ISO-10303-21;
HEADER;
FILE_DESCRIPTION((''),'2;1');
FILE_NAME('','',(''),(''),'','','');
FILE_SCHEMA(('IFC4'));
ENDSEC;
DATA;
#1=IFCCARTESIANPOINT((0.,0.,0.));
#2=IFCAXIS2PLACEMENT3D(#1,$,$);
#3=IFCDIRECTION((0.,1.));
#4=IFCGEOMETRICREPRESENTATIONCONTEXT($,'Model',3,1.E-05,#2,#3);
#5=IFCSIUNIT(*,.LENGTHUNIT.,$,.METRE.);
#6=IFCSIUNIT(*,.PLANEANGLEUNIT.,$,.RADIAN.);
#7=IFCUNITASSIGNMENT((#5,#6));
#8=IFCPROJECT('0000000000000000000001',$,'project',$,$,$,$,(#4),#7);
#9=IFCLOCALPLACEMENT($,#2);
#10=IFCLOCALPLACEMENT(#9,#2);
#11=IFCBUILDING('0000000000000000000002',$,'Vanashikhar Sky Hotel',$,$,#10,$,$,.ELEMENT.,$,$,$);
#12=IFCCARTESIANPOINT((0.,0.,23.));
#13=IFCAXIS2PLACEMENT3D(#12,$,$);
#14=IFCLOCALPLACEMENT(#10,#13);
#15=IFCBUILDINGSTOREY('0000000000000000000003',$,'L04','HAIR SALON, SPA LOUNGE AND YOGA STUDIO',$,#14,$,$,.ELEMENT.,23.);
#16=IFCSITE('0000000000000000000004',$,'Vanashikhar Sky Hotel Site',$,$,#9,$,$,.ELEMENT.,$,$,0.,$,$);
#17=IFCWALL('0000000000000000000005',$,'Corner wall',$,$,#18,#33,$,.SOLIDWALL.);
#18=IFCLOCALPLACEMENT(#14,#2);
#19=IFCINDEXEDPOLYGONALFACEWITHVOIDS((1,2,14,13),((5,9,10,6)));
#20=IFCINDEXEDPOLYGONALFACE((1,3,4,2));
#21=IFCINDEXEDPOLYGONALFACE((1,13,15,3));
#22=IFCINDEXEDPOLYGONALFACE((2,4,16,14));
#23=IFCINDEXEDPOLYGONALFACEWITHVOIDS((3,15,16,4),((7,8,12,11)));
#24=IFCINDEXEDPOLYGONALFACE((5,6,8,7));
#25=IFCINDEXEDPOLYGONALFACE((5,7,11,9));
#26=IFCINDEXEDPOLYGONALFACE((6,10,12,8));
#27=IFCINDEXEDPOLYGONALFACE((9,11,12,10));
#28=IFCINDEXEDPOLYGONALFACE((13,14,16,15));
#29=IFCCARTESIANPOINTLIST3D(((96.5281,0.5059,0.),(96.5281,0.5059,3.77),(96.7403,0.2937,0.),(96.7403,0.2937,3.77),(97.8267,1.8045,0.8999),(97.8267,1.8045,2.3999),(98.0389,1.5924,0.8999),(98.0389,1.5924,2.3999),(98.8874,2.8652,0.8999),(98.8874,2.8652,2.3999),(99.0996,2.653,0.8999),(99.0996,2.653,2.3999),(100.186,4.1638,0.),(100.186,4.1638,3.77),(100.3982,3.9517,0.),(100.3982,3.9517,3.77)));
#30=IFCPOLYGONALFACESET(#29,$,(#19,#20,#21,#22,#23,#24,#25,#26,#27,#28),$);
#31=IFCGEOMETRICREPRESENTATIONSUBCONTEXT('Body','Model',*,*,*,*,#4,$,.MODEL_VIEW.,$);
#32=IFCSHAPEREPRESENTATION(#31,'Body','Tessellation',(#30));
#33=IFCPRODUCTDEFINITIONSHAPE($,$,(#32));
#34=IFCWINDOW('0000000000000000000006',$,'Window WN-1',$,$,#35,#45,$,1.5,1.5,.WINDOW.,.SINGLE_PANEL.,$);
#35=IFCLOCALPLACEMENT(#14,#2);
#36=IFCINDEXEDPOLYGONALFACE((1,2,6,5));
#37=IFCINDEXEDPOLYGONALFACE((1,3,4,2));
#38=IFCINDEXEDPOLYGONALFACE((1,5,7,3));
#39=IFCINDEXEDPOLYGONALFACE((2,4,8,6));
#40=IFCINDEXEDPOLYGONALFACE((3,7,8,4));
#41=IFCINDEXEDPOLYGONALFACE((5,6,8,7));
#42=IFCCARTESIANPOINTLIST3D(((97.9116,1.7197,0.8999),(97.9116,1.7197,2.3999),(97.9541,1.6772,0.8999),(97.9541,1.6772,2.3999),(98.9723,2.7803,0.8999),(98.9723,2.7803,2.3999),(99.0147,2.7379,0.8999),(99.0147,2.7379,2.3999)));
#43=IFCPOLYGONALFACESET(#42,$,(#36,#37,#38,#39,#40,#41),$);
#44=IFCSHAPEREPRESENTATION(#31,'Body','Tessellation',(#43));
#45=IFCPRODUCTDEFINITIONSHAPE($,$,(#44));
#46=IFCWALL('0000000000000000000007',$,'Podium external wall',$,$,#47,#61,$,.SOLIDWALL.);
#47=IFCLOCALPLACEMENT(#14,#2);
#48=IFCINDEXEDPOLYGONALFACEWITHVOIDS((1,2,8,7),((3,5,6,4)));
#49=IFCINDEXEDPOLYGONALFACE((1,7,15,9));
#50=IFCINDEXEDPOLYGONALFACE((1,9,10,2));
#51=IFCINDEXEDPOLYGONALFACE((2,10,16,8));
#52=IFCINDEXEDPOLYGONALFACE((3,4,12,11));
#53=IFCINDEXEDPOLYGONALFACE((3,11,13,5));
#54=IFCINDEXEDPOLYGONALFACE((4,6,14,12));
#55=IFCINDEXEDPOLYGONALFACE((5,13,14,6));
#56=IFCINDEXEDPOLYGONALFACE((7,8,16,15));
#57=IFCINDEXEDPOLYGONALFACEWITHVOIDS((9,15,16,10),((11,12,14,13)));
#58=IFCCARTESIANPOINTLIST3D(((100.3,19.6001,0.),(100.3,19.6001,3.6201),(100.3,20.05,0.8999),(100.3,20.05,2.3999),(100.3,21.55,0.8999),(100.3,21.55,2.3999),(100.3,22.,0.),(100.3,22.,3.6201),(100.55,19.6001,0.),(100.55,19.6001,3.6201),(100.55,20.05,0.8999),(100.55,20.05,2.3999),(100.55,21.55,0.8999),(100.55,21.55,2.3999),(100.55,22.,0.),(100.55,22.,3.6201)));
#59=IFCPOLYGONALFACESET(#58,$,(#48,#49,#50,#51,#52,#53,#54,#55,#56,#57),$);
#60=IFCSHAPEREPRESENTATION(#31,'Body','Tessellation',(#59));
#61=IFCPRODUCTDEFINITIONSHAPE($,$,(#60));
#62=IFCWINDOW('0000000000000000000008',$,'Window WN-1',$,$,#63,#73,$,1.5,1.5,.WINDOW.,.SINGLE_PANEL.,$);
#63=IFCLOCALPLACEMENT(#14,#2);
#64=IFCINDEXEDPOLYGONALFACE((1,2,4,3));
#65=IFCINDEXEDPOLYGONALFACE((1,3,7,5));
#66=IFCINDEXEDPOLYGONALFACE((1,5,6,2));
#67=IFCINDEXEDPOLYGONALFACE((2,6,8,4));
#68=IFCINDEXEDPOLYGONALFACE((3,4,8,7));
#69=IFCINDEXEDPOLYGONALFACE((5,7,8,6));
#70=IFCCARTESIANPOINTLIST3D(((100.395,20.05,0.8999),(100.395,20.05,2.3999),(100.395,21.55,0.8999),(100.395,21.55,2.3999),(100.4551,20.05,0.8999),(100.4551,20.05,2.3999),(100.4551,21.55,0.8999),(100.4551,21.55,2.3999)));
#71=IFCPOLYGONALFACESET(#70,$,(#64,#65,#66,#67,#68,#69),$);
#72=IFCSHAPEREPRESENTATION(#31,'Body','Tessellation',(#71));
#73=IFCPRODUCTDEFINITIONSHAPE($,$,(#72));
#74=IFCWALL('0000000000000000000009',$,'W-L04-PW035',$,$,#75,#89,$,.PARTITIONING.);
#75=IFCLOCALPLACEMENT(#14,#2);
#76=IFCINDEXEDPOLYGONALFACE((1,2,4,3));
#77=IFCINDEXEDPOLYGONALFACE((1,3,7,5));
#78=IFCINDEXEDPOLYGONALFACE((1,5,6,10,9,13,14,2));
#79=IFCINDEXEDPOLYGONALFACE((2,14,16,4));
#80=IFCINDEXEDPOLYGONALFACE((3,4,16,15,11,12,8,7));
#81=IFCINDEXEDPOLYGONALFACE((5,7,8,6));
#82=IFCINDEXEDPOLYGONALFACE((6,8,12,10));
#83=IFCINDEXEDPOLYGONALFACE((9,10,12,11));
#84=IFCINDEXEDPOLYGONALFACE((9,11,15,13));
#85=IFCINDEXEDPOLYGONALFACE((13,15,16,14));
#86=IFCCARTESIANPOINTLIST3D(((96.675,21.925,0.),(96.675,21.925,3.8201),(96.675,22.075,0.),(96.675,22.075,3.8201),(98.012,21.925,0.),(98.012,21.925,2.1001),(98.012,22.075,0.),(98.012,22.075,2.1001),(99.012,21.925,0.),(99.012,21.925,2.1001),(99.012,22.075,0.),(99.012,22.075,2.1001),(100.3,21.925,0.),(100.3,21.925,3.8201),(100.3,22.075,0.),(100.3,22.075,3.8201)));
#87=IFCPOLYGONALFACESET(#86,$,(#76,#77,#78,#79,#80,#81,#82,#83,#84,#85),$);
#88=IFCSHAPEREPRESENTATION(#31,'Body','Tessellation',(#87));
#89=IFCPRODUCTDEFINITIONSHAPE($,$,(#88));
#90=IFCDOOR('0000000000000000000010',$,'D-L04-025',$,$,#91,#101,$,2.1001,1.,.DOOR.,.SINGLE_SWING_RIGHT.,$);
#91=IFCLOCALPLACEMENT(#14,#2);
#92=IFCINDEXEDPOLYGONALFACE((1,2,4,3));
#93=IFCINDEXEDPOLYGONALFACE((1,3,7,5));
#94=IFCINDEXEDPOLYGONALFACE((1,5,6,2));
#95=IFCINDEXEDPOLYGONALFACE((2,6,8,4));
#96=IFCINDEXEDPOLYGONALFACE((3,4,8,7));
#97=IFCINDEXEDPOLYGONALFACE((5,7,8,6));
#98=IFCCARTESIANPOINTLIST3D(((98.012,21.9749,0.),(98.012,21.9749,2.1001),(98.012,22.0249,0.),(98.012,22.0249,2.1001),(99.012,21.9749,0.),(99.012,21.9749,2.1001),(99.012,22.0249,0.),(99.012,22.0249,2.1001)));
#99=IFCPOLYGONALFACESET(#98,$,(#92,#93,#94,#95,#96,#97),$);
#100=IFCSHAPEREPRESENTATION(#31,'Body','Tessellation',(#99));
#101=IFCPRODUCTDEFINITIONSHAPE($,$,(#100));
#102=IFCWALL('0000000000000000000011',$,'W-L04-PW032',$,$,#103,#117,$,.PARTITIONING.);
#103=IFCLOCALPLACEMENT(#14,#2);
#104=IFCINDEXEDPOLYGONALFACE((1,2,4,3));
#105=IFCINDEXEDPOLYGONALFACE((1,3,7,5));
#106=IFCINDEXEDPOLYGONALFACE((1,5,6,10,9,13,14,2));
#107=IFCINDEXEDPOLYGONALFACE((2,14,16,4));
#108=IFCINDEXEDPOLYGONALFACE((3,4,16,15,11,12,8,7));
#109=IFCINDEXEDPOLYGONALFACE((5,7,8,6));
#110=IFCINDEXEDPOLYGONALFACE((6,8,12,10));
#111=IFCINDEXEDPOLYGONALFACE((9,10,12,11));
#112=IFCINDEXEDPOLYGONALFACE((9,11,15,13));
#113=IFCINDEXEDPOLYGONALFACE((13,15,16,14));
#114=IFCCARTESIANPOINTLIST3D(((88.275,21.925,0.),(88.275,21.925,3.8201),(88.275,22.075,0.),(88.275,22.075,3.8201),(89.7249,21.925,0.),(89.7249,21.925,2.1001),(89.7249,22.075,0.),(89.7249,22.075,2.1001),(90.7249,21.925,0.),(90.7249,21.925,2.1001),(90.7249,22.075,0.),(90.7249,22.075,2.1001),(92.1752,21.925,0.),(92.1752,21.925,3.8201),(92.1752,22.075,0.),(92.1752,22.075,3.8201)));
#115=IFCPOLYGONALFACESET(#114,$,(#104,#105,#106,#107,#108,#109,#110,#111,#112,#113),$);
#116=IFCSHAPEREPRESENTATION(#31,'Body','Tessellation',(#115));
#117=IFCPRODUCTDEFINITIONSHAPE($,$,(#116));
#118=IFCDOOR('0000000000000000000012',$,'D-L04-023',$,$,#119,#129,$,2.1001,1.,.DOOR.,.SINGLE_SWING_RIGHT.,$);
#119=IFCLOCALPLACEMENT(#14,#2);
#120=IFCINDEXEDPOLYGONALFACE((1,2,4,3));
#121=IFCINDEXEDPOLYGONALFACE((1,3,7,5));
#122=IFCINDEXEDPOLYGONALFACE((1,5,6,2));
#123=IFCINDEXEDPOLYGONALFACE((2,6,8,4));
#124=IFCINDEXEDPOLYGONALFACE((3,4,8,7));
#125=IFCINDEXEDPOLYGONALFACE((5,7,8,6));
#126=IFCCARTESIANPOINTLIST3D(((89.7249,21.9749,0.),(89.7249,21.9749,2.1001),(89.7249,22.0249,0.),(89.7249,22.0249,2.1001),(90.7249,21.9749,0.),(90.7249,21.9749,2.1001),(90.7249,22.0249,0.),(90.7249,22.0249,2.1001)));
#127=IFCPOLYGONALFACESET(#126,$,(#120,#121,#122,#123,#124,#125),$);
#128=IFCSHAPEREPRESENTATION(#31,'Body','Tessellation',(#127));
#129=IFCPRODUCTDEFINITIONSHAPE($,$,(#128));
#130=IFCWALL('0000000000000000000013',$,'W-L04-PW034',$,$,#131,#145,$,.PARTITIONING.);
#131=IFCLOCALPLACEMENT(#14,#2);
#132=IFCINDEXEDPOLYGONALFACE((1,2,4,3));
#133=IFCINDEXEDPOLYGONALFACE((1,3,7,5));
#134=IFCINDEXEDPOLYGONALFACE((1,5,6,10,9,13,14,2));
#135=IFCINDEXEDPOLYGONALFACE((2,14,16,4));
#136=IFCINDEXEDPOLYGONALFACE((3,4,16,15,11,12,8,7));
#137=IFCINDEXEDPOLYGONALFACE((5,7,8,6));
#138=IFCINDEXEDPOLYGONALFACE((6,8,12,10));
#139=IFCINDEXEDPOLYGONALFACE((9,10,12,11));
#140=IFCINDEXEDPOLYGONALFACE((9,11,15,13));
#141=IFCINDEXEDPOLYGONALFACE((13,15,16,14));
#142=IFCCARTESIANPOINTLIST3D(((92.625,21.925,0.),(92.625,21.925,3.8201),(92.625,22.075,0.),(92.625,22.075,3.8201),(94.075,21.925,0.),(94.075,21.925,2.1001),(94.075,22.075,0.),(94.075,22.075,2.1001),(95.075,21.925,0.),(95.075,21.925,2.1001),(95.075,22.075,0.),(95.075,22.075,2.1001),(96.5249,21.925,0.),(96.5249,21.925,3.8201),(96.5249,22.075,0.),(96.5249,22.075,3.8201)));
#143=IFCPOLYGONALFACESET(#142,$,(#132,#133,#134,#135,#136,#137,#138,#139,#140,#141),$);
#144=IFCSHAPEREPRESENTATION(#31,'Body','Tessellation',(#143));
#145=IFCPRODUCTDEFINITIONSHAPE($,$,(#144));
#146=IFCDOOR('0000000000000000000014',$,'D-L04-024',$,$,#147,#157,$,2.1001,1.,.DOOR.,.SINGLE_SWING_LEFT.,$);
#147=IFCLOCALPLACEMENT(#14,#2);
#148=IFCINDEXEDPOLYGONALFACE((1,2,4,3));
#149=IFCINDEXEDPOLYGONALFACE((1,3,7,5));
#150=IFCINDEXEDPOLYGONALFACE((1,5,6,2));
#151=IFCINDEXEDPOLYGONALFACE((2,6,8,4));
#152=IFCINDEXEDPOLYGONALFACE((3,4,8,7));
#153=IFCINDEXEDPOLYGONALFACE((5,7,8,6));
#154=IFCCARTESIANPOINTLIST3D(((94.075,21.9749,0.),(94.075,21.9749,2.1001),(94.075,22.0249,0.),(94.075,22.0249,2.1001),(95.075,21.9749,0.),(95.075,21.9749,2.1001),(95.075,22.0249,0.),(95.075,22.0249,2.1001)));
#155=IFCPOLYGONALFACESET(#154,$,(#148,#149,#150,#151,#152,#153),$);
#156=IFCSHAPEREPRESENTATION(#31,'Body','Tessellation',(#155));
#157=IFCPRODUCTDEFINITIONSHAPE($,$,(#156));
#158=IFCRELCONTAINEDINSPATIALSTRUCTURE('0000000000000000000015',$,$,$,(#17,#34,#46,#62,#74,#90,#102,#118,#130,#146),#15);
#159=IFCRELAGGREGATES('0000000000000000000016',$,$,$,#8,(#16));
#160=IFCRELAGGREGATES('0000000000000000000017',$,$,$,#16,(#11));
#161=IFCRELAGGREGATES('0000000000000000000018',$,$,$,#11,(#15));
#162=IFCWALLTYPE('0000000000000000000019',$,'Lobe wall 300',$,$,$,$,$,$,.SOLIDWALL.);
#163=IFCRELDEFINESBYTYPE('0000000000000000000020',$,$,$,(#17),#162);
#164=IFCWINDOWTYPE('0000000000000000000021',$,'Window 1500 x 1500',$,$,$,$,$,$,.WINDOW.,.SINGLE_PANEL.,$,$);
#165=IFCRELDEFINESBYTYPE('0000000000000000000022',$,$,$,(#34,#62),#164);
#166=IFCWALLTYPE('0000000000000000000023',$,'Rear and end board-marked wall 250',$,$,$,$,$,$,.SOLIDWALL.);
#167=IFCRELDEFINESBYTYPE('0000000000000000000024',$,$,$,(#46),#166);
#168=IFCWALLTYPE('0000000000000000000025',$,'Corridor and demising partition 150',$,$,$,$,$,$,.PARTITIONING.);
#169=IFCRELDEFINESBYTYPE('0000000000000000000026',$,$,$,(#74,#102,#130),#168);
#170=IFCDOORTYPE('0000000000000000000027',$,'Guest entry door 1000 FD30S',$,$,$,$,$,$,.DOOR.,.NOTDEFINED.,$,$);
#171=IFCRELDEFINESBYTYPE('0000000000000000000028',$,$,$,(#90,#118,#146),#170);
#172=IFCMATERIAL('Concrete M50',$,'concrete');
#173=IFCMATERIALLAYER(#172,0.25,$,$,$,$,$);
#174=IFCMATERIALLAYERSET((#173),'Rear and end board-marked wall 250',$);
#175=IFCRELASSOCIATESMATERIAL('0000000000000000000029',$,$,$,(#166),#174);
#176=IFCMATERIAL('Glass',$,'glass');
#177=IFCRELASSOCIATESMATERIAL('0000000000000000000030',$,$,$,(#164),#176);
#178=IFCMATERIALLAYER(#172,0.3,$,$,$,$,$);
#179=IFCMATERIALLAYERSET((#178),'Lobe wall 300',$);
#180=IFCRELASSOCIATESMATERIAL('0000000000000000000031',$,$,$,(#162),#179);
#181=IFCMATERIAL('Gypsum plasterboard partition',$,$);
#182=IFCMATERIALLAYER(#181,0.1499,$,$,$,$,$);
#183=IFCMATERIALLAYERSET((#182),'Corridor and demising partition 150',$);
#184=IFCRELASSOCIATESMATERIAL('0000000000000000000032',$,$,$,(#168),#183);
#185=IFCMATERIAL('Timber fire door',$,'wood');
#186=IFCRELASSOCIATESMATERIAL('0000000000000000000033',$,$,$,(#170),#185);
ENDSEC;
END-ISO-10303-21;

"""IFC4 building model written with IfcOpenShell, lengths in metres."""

from ifc_helpers import new_model, si_unit, direction, frame, frame_2d, origin, place, context, subcontext, project, spatial, rectangle, extrude, source, transform, mapped, material, layer, layer_set, type_object, element, fill, save


model = new_model("IFC4")

# Units and contexts
model_context = context("Model", 3, precision=1e-05, world=origin(), true_north=direction((0.0, 1.0)))
body_context = subcontext(model_context, "Body", "Model", "MODEL_VIEW")
ifc_project = project(units=[si_unit("LENGTHUNIT", "METRE"), si_unit("PLANEANGLEUNIT", "RADIAN")], contexts=[model_context])

# Site, building, storey
site_placement = place(None, origin())
site = spatial("IfcSite", under=ifc_project, at=site_placement, Name="Vanashikhar Sky Hotel Site", CompositionType="ELEMENT", RefElevation=0.0)
building_placement = place(site_placement, origin())
building = spatial("IfcBuilding", under=site, at=building_placement, Name="Vanashikhar Sky Hotel", CompositionType="ELEMENT")
storey_placement = place(building_placement, frame((0.0, 0.0, 23.0)))
storey = spatial("IfcBuildingStorey", under=building, at=storey_placement, Name="L04", Description="HAIR SALON, SPA LOUNGE AND YOGA STUDIO", CompositionType="ELEMENT", Elevation=23.0)

# Shared definitions
ifc_material_1 = material(Name="Concrete M50", Category="concrete")

# Walls, openings, windows
ifc_layer_1 = layer(ifc_material_1, 0.25)
ifc_layer_set_1 = layer_set([ifc_layer_1], Name="Rear and end board-marked wall 250")
wall_type_1 = type_object("IfcWallType", Name="Rear and end board-marked wall 250", PredefinedType="SOLIDWALL", material=ifc_layer_set_1)
shared_shape_1 = source(origin(), body_context, "Body", "SweptSolid", [
    extrude(rectangle(XDim=1.5, YDim=1.5, at=frame_2d((0.75, 0.75))), frame((0.0, 0.135, 0.0), z_axis=(0.0, -1.0, 0.0), x_axis=(1.0, 0.0, 0.0)), (0.0, 0.0, 1.0), 0.27),
])
ifc_material_2 = material(Name="Glass", Category="glass")
window_type = type_object("IfcWindowType", Name="Window 1500 x 1500", PartitioningType="SINGLE_PANEL", PredefinedType="WINDOW", material=ifc_material_2)
shared_shape_2 = source(origin(), body_context, "Body", "SweptSolid", [
    extrude(rectangle(XDim=1.5, YDim=1.5, at=frame_2d((0.75, 0.75))), frame((0.0, 0.03, 0.0), z_axis=(0.0, -1.0, 0.0), x_axis=(1.0, 0.0, 0.0)), (0.0, 0.0, 1.0), 0.0601),
])
ifc_layer_2 = layer(ifc_material_1, 0.3)
ifc_layer_set_2 = layer_set([ifc_layer_2], Name="Lobe wall 300")
wall_type_2 = type_object("IfcWallType", Name="Lobe wall 300", PredefinedType="SOLIDWALL", material=ifc_layer_set_2)
shared_shape_3 = source(origin(), body_context, "Body", "SweptSolid", [
    extrude(rectangle(XDim=5.1731, YDim=0.3, at=frame_2d((2.5864, 0.0))), origin(), (0.0, 0.0, 1.0), 3.77),
])
wall_1_placement = place(storey_placement, frame((96.6343, 0.3999, 0.0), z_axis=(0.0, 0.0, 1.0), x_axis=(0.707107, 0.707107, 0.0)))
wall_1 = element("IfcWall", 1, at=wall_1_placement, inside=storey, type_object=wall_type_2, Name="Corner wall", PredefinedType="SOLIDWALL", context=body_context, shape_type="MappedRepresentation", body=[
    mapped(shared_shape_3, transform((0.0, 0.0, 0.0), scale=1.0)),
])
shared_shape_4 = source(origin(), body_context, "Body", "SweptSolid", [
    extrude(rectangle(XDim=1.5, YDim=1.5, at=frame_2d((0.75, 0.75))), frame((0.0, 0.1602, 0.0), z_axis=(0.0, -1.0, 0.0), x_axis=(1.0, 0.0, 0.0)), (0.0, 0.0, 1.0), 0.3201),
])
opening_1_placement = place(wall_1_placement, frame((1.8364, 0.0, 0.8999)))
opening_1 = element("IfcOpeningElement", 2, at=opening_1_placement, cuts=wall_1, PredefinedType="OPENING", context=body_context, shape_type="MappedRepresentation", body=[
    mapped(shared_shape_4, transform((0.0, 0.0, 0.0), scale=1.0)),
])
window_1_placement = place(opening_1_placement, origin())
window_1 = element("IfcWindow", 3, at=window_1_placement, inside=storey, type_object=window_type, Name="Window WN-1", OverallHeight=1.5, OverallWidth=1.5, PartitioningType="SINGLE_PANEL", PredefinedType="WINDOW", context=body_context, shape_type="MappedRepresentation", body=[
    mapped(shared_shape_2, transform((0.0, 0.0, 0.0), scale=1.0)),
])
fill(opening_1, window_1)
shared_shape_5 = source(origin(), body_context, "Body", "SweptSolid", [
    extrude(rectangle(XDim=2.3999, YDim=0.25, at=frame_2d((1.2, 0.0))), origin(), (0.0, 0.0, 1.0), 3.6201),
])
wall_2_placement = place(storey_placement, frame((100.425, 19.6001, 0.0), z_axis=(0.0, 0.0, 1.0), x_axis=(0.0, 1.0, 0.0)))
wall_2 = element("IfcWall", 4, at=wall_2_placement, inside=storey, type_object=wall_type_1, Name="Podium external wall", PredefinedType="SOLIDWALL", context=body_context, shape_type="MappedRepresentation", body=[
    mapped(shared_shape_5, transform((0.0, 0.0, 0.0), scale=1.0)),
])
opening_2_placement = place(wall_2_placement, frame((0.45, 0.0, 0.8999)))
opening_2 = element("IfcOpeningElement", 5, at=opening_2_placement, cuts=wall_2, PredefinedType="OPENING", context=body_context, shape_type="MappedRepresentation", body=[
    mapped(shared_shape_1, transform((0.0, 0.0, 0.0), scale=1.0)),
])
window_2_placement = place(opening_2_placement, origin())
window_2 = element("IfcWindow", 6, at=window_2_placement, inside=storey, type_object=window_type, Name="Window WN-1", OverallHeight=1.5, OverallWidth=1.5, PartitioningType="SINGLE_PANEL", PredefinedType="WINDOW", context=body_context, shape_type="MappedRepresentation", body=[
    mapped(shared_shape_2, transform((0.0, 0.0, 0.0), scale=1.0)),
])
fill(opening_2, window_2)

# Walls, openings, doors
ifc_material_3 = material(Name="Gypsum plasterboard partition")
ifc_layer_3 = layer(ifc_material_3, 0.1499)
ifc_layer_set_3 = layer_set([ifc_layer_3], Name="Corridor and demising partition 150")
wall_type_3 = type_object("IfcWallType", Name="Corridor and demising partition 150", PredefinedType="PARTITIONING", material=ifc_layer_set_3)
shared_shape_6 = source(origin(), body_context, "Body", "SweptSolid", [
    extrude(rectangle(XDim=3.625, YDim=0.1499, at=frame_2d((1.8125, 0.0))), origin(), (0.0, 0.0, 1.0), 3.8201),
])
wall_3_placement = place(storey_placement, frame((96.675, 22.0, 0.0), z_axis=(0.0, 0.0, 1.0), x_axis=(1.0, 0.0, 0.0)))
wall_3 = element("IfcWall", 7, at=wall_3_placement, inside=storey, type_object=wall_type_3, Name="W-L04-PW035", PredefinedType="PARTITIONING", context=body_context, shape_type="MappedRepresentation", body=[
    mapped(shared_shape_6, transform((0.0, 0.0, 0.0), scale=1.0)),
])
shared_shape_7 = source(origin(), body_context, "Body", "SweptSolid", [
    extrude(rectangle(XDim=1.0, YDim=2.1001, at=frame_2d((0.5, 1.05))), frame((0.0, 0.085, 0.0), z_axis=(0.0, -1.0, 0.0), x_axis=(1.0, 0.0, 0.0)), (0.0, 0.0, 1.0), 0.1699),
])
opening_3_placement = place(wall_3_placement, frame((1.3369, 0.0, 0.0)))
opening_3 = element("IfcOpeningElement", 8, at=opening_3_placement, cuts=wall_3, PredefinedType="OPENING", context=body_context, shape_type="MappedRepresentation", body=[
    mapped(shared_shape_7, transform((0.0, 0.0, 0.0), scale=1.0)),
])
ifc_material_4 = material(Name="Timber fire door", Category="wood")
door_type_1 = type_object("IfcDoorType", Name="Guest entry door 1000 FD30S", OperationType="NOTDEFINED", PredefinedType="DOOR", material=ifc_material_4)
shared_shape_8 = source(origin(), body_context, "Body", "SweptSolid", [
    extrude(rectangle(XDim=1.0, YDim=2.1001, at=frame_2d((0.5, 1.05))), frame((0.0, 0.0249, 0.0), z_axis=(0.0, -1.0, 0.0), x_axis=(1.0, 0.0, 0.0)), (0.0, 0.0, 1.0), 0.05),
])
door_1_placement = place(opening_3_placement, origin())
door_1 = element("IfcDoor", 9, at=door_1_placement, inside=storey, type_object=door_type_1, Name="D-L04-025", OperationType="SINGLE_SWING_RIGHT", OverallHeight=2.1001, OverallWidth=1.0, PredefinedType="DOOR", context=body_context, shape_type="MappedRepresentation", body=[
    mapped(shared_shape_8, transform((0.0, 0.0, 0.0), scale=1.0)),
])
fill(opening_3, door_1)
shared_shape_9 = source(origin(), body_context, "Body", "SweptSolid", [
    extrude(rectangle(XDim=3.9001, YDim=0.1499, at=frame_2d((1.9502, 0.0))), origin(), (0.0, 0.0, 1.0), 3.8201),
])
wall_4_placement = place(storey_placement, frame((88.2749, 22.0, 0.0), z_axis=(0.0, 0.0, 1.0), x_axis=(1.0, 0.0, 0.0)))
wall_4 = element("IfcWall", 10, at=wall_4_placement, inside=storey, type_object=wall_type_3, Name="W-L04-PW032", PredefinedType="PARTITIONING", context=body_context, shape_type="MappedRepresentation", body=[
    mapped(shared_shape_9, transform((0.0, 0.0, 0.0), scale=1.0)),
])
opening_4_placement = place(wall_4_placement, frame((1.45, 0.0, 0.0)))
opening_4 = element("IfcOpeningElement", 11, at=opening_4_placement, cuts=wall_4, PredefinedType="OPENING", context=body_context, shape_type="MappedRepresentation", body=[
    mapped(shared_shape_7, transform((0.0, 0.0, 0.0), scale=1.0)),
])
door_2_placement = place(opening_4_placement, origin())
door_2 = element("IfcDoor", 12, at=door_2_placement, inside=storey, type_object=door_type_1, Name="D-L04-023", OperationType="SINGLE_SWING_RIGHT", OverallHeight=2.1001, OverallWidth=1.0, PredefinedType="DOOR", context=body_context, shape_type="MappedRepresentation", body=[
    mapped(shared_shape_8, transform((0.0, 0.0, 0.0), scale=1.0)),
])
fill(opening_4, door_2)
shared_shape_10 = source(origin(), body_context, "Body", "SweptSolid", [
    extrude(rectangle(XDim=3.8999, YDim=0.1499, at=frame_2d((1.95, 0.0))), origin(), (0.0, 0.0, 1.0), 3.8201),
])
wall_5_placement = place(storey_placement, frame((92.625, 22.0, 0.0), z_axis=(0.0, 0.0, 1.0), x_axis=(1.0, 0.0, 0.0)))
wall_5 = element("IfcWall", 13, at=wall_5_placement, inside=storey, type_object=wall_type_3, Name="W-L04-PW034", PredefinedType="PARTITIONING", context=body_context, shape_type="MappedRepresentation", body=[
    mapped(shared_shape_10, transform((0.0, 0.0, 0.0), scale=1.0)),
])
opening_5_placement = place(wall_5_placement, frame((1.45, 0.0, 0.0)))
opening_5 = element("IfcOpeningElement", 14, at=opening_5_placement, cuts=wall_5, PredefinedType="OPENING", context=body_context, shape_type="MappedRepresentation", body=[
    mapped(shared_shape_7, transform((0.0, 0.0, 0.0), scale=1.0)),
])
door_3_placement = place(opening_5_placement, origin())
door_3 = element("IfcDoor", 15, at=door_3_placement, inside=storey, type_object=door_type_1, Name="D-L04-024", OperationType="SINGLE_SWING_LEFT", OverallHeight=2.1001, OverallWidth=1.0, PredefinedType="DOOR", context=body_context, shape_type="MappedRepresentation", body=[
    mapped(shared_shape_8, transform((0.0, 0.0, 0.0), scale=1.0)),
])
fill(opening_5, door_3)

save(model, "model.ifc")
